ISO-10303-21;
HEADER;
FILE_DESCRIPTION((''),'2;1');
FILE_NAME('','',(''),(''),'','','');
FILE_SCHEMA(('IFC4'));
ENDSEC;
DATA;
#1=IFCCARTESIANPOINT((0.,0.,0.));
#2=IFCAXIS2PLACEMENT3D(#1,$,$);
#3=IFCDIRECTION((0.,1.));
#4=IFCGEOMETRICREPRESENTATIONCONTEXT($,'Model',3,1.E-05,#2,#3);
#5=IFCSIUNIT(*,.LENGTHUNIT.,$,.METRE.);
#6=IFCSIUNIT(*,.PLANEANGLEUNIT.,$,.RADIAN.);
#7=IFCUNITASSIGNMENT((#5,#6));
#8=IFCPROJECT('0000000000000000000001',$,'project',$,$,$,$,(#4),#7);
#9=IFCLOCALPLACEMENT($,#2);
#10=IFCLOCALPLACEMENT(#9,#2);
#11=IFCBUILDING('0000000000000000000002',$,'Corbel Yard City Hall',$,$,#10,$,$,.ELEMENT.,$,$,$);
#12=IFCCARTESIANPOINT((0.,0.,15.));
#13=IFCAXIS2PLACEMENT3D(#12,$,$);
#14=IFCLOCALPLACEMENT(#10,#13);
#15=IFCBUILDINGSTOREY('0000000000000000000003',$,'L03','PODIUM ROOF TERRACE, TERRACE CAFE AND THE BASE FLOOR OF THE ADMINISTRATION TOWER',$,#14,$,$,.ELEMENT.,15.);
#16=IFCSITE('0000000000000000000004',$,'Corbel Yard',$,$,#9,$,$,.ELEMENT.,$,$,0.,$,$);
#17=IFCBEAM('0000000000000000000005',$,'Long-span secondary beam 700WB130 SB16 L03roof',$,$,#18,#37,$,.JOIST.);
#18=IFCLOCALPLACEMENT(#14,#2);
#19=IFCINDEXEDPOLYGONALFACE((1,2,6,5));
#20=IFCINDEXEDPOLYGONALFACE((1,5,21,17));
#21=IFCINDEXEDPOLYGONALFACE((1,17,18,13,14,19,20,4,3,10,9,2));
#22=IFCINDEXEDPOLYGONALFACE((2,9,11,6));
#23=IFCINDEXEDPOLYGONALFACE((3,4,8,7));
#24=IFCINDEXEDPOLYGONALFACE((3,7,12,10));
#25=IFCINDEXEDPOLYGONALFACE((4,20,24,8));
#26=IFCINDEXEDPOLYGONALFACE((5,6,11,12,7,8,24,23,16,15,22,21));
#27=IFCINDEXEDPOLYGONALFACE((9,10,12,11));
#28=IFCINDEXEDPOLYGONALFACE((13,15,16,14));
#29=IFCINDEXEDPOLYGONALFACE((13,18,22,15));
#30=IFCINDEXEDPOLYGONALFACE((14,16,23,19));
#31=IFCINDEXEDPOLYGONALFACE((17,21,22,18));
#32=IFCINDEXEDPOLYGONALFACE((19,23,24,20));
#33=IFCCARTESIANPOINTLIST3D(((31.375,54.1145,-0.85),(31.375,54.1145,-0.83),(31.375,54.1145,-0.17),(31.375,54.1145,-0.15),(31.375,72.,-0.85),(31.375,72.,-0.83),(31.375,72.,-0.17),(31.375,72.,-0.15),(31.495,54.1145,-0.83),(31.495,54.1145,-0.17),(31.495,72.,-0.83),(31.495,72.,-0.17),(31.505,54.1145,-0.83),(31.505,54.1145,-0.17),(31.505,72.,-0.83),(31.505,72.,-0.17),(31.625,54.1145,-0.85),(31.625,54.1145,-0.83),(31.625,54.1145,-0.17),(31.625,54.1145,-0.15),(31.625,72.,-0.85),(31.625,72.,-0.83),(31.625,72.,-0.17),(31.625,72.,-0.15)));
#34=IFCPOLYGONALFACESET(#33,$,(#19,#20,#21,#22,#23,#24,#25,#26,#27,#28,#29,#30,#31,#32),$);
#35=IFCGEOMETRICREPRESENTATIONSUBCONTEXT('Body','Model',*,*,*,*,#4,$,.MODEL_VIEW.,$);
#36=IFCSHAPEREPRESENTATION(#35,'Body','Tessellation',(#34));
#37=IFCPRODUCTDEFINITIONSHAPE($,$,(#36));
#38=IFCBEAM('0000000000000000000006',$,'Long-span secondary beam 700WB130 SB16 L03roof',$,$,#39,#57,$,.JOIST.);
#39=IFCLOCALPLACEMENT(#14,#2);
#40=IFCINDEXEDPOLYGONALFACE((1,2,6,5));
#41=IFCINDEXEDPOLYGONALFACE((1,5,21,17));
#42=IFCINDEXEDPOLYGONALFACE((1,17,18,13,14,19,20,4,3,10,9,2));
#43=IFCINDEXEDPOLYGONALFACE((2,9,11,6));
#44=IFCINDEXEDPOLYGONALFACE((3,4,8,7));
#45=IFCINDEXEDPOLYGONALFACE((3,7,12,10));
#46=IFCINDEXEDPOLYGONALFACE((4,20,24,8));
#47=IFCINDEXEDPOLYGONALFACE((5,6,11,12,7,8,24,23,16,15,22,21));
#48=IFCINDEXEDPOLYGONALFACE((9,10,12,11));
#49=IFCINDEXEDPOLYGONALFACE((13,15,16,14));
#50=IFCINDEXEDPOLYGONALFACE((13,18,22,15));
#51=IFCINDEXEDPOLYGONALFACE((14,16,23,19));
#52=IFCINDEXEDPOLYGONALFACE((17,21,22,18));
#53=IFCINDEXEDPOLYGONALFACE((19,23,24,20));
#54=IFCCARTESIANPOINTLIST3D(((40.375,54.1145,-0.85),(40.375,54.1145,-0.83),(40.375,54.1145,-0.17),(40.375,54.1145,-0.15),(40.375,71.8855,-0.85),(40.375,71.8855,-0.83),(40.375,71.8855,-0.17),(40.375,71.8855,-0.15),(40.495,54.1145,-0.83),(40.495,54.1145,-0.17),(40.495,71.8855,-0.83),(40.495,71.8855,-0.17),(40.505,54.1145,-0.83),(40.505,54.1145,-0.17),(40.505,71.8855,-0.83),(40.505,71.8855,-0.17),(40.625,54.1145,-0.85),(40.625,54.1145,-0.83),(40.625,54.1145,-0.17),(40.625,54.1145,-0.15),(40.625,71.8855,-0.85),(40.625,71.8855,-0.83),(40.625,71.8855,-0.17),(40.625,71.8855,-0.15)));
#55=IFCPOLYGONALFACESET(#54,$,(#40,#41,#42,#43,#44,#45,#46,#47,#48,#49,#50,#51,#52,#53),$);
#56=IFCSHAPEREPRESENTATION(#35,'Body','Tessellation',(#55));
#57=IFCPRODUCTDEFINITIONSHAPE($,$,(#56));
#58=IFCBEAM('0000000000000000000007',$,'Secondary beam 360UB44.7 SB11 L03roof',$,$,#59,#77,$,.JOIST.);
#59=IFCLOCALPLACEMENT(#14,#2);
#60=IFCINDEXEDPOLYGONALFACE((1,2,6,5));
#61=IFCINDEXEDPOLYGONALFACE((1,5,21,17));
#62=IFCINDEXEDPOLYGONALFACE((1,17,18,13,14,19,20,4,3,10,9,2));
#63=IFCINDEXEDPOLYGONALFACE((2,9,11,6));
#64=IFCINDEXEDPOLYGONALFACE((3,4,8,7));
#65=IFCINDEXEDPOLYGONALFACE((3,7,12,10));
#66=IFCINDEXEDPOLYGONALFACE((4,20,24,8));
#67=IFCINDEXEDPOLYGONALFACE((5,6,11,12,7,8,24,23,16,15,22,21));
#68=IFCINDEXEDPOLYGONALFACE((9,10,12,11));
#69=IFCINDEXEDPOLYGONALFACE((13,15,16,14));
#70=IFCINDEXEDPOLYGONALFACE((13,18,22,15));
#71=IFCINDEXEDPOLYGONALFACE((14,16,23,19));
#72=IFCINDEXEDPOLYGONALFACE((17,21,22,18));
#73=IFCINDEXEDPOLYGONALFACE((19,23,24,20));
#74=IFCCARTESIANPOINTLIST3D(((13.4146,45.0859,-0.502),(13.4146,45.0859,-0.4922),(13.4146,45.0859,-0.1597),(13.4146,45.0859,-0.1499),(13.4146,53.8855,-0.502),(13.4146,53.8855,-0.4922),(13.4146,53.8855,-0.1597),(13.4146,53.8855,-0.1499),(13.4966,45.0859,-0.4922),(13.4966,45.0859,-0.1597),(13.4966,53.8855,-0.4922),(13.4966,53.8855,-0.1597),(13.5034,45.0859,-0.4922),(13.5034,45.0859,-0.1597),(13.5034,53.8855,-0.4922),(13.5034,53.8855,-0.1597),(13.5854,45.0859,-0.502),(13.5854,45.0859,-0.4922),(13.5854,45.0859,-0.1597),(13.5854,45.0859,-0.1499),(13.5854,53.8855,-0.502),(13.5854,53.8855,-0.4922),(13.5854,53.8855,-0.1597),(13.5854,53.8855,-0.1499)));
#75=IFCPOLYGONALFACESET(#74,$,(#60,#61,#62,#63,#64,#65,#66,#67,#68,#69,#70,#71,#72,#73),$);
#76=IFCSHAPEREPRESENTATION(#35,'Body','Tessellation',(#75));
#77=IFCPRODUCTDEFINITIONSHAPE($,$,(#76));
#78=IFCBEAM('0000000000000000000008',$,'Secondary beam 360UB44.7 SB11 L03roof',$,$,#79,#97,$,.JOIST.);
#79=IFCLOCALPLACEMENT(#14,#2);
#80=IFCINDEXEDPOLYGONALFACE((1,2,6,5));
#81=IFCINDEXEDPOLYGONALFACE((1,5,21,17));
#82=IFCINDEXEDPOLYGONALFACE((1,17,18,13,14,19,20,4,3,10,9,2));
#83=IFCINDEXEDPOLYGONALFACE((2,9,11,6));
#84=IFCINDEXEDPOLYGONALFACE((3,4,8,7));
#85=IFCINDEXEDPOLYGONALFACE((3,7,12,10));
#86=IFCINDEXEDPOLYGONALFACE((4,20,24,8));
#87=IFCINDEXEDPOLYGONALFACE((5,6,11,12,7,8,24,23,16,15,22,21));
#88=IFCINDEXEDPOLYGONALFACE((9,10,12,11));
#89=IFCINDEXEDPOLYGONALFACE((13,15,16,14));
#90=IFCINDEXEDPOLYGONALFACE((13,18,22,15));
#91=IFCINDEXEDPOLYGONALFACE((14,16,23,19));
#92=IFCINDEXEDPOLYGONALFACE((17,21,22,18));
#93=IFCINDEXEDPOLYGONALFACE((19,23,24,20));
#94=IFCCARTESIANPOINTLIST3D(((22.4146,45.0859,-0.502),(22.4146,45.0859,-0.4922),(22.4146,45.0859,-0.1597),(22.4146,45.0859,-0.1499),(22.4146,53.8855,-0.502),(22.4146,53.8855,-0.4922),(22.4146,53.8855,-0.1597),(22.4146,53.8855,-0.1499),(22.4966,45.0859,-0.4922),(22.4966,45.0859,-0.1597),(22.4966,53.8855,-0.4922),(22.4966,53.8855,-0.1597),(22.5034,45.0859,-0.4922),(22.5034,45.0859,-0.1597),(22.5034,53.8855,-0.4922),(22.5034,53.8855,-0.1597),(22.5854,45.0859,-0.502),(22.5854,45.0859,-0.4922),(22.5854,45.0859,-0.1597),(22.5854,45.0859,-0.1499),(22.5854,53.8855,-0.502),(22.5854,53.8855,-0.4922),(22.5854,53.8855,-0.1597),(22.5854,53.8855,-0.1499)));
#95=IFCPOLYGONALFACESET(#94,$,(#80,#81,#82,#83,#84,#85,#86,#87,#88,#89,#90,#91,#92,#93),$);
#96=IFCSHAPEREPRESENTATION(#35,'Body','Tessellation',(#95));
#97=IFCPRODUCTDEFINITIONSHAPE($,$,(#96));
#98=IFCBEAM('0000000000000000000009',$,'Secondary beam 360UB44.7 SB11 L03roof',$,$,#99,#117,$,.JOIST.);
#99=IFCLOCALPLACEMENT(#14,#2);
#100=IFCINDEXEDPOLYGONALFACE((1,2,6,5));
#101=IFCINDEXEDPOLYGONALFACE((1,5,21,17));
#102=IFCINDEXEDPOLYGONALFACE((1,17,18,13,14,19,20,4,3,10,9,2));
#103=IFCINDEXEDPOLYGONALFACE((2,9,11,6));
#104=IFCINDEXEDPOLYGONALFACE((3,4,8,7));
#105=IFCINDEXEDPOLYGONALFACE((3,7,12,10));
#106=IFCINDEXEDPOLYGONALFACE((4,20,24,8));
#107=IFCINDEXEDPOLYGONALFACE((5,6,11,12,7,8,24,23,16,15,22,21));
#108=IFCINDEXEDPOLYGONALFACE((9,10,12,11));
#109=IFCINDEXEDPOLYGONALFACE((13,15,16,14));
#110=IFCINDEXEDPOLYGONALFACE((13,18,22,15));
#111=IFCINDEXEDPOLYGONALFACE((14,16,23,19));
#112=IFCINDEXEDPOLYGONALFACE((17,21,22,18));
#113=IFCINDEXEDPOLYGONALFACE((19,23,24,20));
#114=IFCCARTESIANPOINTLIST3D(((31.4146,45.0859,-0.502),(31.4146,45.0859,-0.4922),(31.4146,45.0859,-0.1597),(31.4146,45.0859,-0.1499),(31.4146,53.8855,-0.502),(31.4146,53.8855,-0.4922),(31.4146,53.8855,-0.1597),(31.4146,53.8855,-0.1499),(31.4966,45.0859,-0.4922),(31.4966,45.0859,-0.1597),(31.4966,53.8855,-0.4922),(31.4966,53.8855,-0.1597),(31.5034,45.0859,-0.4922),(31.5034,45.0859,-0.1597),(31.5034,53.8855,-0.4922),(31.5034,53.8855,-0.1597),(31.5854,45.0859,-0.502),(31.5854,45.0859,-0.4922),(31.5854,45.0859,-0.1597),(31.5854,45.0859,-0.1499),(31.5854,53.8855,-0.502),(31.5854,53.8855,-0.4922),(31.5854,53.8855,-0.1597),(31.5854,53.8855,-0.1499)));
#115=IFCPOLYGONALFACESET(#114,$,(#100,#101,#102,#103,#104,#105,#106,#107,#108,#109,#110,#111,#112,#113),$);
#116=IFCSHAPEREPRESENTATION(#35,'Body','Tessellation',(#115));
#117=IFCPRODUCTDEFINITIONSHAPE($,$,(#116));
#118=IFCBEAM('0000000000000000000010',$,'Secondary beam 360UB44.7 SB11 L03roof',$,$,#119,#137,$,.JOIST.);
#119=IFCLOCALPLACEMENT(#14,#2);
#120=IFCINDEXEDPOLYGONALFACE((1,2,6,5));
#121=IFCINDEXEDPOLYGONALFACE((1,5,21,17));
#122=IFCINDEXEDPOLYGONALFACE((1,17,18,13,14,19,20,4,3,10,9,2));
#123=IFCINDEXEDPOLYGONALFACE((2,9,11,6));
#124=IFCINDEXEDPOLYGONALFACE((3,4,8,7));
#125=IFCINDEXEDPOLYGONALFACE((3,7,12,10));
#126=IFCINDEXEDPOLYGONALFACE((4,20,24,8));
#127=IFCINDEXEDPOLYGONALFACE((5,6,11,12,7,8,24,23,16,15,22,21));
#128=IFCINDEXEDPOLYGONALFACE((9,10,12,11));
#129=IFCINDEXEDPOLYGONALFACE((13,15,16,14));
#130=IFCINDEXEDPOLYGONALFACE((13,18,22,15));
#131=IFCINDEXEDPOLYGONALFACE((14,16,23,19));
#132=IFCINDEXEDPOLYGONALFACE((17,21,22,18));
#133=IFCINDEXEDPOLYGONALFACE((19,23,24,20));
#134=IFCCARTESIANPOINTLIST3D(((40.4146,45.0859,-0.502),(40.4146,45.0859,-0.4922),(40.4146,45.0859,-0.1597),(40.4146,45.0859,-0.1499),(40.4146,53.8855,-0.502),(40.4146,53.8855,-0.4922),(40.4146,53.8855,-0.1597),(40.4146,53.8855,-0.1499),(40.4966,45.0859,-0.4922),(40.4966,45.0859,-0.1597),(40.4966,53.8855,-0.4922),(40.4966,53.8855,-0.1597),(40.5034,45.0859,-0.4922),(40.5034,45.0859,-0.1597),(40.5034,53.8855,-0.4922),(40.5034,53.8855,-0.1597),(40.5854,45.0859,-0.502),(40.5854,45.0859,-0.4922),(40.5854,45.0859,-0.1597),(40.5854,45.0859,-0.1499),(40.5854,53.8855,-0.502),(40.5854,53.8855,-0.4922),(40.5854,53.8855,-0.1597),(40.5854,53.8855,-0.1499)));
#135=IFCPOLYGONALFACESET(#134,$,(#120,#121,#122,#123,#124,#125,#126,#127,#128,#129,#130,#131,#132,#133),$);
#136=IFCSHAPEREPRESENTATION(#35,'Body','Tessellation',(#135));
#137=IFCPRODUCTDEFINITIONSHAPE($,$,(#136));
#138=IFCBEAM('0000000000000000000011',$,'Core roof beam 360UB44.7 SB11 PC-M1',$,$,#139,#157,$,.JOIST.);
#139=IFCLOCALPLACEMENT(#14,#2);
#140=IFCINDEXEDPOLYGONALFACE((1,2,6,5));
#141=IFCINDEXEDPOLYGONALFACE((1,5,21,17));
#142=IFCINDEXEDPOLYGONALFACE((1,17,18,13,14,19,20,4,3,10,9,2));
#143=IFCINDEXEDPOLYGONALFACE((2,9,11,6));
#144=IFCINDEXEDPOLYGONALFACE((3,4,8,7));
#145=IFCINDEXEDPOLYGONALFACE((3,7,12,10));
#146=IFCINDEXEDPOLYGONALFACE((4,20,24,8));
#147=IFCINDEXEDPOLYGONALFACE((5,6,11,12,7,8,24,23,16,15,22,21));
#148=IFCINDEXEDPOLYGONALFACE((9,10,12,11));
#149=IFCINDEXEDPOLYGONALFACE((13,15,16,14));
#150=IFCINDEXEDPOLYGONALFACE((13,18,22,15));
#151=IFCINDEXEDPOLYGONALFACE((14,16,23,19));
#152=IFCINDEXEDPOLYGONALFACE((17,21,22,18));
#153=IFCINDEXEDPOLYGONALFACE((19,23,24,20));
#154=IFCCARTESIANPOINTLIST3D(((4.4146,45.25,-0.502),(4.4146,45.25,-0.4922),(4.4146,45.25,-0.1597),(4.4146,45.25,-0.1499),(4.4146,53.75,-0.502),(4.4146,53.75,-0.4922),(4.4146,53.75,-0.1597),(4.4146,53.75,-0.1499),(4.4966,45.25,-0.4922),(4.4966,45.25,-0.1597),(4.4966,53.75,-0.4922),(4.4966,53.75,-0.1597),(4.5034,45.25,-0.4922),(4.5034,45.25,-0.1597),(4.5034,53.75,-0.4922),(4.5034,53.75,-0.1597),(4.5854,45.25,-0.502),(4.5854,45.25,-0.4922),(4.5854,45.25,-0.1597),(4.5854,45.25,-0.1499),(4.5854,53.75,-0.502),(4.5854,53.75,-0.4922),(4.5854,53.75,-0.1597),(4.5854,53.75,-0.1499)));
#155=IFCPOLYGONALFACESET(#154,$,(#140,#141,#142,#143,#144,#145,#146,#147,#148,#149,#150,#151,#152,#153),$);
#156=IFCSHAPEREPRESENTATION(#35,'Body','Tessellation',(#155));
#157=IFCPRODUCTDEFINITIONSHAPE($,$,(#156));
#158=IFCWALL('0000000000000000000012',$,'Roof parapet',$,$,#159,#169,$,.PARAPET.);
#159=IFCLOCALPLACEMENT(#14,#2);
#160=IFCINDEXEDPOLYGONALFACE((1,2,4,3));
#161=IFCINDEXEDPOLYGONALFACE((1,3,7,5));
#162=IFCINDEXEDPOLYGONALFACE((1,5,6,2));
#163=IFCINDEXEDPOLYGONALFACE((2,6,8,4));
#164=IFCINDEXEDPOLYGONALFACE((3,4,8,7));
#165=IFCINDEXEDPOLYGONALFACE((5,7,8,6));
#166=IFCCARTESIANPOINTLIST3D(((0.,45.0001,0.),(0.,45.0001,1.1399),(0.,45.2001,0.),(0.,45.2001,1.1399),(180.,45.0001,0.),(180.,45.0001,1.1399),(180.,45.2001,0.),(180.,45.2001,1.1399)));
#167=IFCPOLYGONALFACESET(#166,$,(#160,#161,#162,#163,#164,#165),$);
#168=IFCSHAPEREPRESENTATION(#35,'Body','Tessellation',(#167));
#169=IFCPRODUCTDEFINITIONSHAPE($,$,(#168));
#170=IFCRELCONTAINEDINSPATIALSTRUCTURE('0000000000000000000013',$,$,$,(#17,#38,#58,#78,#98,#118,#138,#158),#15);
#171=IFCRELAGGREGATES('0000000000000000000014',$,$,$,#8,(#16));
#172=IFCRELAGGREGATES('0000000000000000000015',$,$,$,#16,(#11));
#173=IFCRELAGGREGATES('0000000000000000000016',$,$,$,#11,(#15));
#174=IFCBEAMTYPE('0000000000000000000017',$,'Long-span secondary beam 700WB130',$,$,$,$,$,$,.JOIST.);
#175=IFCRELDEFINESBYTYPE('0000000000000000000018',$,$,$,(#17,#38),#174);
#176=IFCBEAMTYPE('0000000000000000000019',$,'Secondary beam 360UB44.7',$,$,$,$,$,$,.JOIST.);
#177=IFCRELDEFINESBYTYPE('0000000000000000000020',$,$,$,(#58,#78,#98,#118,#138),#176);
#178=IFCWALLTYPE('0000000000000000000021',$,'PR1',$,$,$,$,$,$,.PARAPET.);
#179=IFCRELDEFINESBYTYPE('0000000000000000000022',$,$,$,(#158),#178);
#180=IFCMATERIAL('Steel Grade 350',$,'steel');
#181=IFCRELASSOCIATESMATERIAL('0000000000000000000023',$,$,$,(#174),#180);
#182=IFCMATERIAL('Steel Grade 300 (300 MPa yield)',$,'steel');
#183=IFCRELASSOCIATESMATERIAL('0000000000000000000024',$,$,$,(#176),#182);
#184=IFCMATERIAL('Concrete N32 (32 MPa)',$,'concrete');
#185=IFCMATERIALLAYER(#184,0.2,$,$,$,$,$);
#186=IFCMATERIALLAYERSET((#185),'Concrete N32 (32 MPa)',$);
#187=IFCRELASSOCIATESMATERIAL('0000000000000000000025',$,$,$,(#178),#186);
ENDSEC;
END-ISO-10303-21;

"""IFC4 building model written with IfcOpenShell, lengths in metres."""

from ifc_helpers import new_model, si_unit, direction, frame, frame_2d, origin, origin_2d, place, context, subcontext, project, spatial, rectangle, i_section, extrude, material, layer, layer_set, material_profile, profile_set, type_object, element, save


model = new_model("IFC4")

# Units and contexts
model_context = context("Model", 3, precision=1e-05, world=origin(), true_north=direction((0.0, 1.0)))
body_context = subcontext(model_context, "Body", "Model", "MODEL_VIEW")
ifc_project = project(units=[si_unit("LENGTHUNIT", "METRE"), si_unit("PLANEANGLEUNIT", "RADIAN")], contexts=[model_context])

# Site, building, storey
site_placement = place(None, origin())
site = spatial("IfcSite", under=ifc_project, at=site_placement, Name="Corbel Yard", CompositionType="ELEMENT", RefElevation=0.0)
building_placement = place(site_placement, origin())
building = spatial("IfcBuilding", under=site, at=building_placement, Name="Corbel Yard City Hall", CompositionType="ELEMENT")
storey_placement = place(building_placement, frame((0.0, 0.0, 15.0)))
storey = spatial("IfcBuildingStorey", under=building, at=storey_placement, Name="L03", Description="PODIUM ROOF TERRACE, TERRACE CAFE AND THE BASE FLOOR OF THE ADMINISTRATION TOWER", CompositionType="ELEMENT", Elevation=15.0)

# Beams
ifc_material_1 = material(Name="Steel Grade 300 (300 MPa yield)", Category="steel")
ifc_material_2 = material(Name="Steel Grade 350", Category="steel")
ifc_material_profile_1 = material_profile(ifc_material_2, i_section(OverallWidth=0.25, OverallDepth=0.7, WebThickness=0.01, FlangeThickness=0.02, at=origin_2d()), Name="700WB130")
ifc_profile_set_1 = profile_set([ifc_material_profile_1], Name="Steel Grade 350")
beam_type_1 = type_object("IfcBeamType", Name="Long-span secondary beam 700WB130", PredefinedType="JOIST", material=ifc_profile_set_1)
beam_1_placement = place(storey_placement, frame((31.5, 54.1145, -0.5), z_axis=(0.0, 1.0, 0.0), x_axis=(-1.0, 0.0, 0.0)))
element("IfcBeam", 1, at=beam_1_placement, inside=storey, type_object=beam_type_1, Name="Long-span secondary beam 700WB130 SB16 L03roof", PredefinedType="JOIST", context=body_context, shape_type="SweptSolid", body=[
    extrude(i_section(OverallWidth=0.25, OverallDepth=0.7, WebThickness=0.01, FlangeThickness=0.02, at=origin_2d()), origin(), (0.0, 0.0, 1.0), 17.8855),
])
beam_2_placement = place(storey_placement, frame((40.5, 54.1145, -0.5), z_axis=(0.0, 1.0, 0.0), x_axis=(-1.0, 0.0, 0.0)))
element("IfcBeam", 2, at=beam_2_placement, inside=storey, type_object=beam_type_1, Name="Long-span secondary beam 700WB130 SB16 L03roof", PredefinedType="JOIST", context=body_context, shape_type="SweptSolid", body=[
    extrude(i_section(OverallWidth=0.25, OverallDepth=0.7, WebThickness=0.01, FlangeThickness=0.02, at=origin_2d()), origin(), (0.0, 0.0, 1.0), 17.771),
])
ifc_material_profile_2 = material_profile(ifc_material_1, i_section(OverallWidth=0.1709, OverallDepth=0.3521, WebThickness=0.0068, FlangeThickness=0.0098, at=origin_2d()), Name="360UB44.7")
ifc_profile_set_2 = profile_set([ifc_material_profile_2], Name="Steel Grade 300 (300 MPa yield)")
beam_type_2 = type_object("IfcBeamType", Name="Secondary beam 360UB44.7", PredefinedType="JOIST", material=ifc_profile_set_2)
for number, where, z_axis, x_axis, name in (
    (3, (13.5, 45.0859, -0.3259), (0.0, 1.0, 0.0), (-1.0, 0.0, 0.0), "Secondary beam 360UB44.7 SB11 L03roof"),
    (4, (22.5, 45.0859, -0.3259), (0.0, 1.0, 0.0), (-1.0, 0.0, 0.0), "Secondary beam 360UB44.7 SB11 L03roof"),
    (5, (31.5, 45.0859, -0.3259), (0.0, 1.0, 0.0), (-1.0, 0.0, 0.0), "Secondary beam 360UB44.7 SB11 L03roof"),
    (6, (40.5, 45.0859, -0.3259), (0.0, 1.0, 0.0), (-1.0, 0.0, 0.0), "Secondary beam 360UB44.7 SB11 L03roof"),
):
    element("IfcBeam", number, at=place(storey_placement, frame(where, z_axis=z_axis, x_axis=x_axis)), inside=storey, type_object=beam_type_2, Name=name, PredefinedType="JOIST", context=body_context, shape_type="SweptSolid", body=[
        extrude(i_section(OverallWidth=0.1709, OverallDepth=0.3521, WebThickness=0.0068, FlangeThickness=0.0098, at=origin_2d()), origin(), (0.0, 0.0, 1.0), 8.7996),
    ])
beam_3_placement = place(storey_placement, frame((4.5, 45.25, -0.3259), z_axis=(0.0, 1.0, 0.0), x_axis=(-1.0, 0.0, 0.0)))
element("IfcBeam", 7, at=beam_3_placement, inside=storey, type_object=beam_type_2, Name="Core roof beam 360UB44.7 SB11 PC-M1", PredefinedType="JOIST", context=body_context, shape_type="SweptSolid", body=[
    extrude(i_section(OverallWidth=0.1709, OverallDepth=0.3521, WebThickness=0.0068, FlangeThickness=0.0098, at=origin_2d()), origin(), (0.0, 0.0, 1.0), 8.5),
])

# Wall
ifc_material_3 = material(Name="Concrete N32 (32 MPa)", Category="concrete")
ifc_layer = layer(ifc_material_3, 0.2)
ifc_layer_set = layer_set([ifc_layer], Name="Concrete N32 (32 MPa)")
wall_type = type_object("IfcWallType", Name="PR1", PredefinedType="PARAPET", material=ifc_layer_set)
wall_placement = place(storey_placement, frame((0.0, 45.1001, 0.0), z_axis=(0.0, 0.0, 1.0), x_axis=(1.0, 0.0, 0.0)))
element("IfcWall", 8, at=wall_placement, inside=storey, type_object=wall_type, Name="Roof parapet", PredefinedType="PARAPET", context=body_context, shape_type="SweptSolid", body=[
    extrude(rectangle(XDim=180.0, YDim=0.2, at=frame_2d((90.0, 0.0))), origin(), (0.0, 0.0, 1.0), 1.1399),
])

save(model, "model.ifc")
